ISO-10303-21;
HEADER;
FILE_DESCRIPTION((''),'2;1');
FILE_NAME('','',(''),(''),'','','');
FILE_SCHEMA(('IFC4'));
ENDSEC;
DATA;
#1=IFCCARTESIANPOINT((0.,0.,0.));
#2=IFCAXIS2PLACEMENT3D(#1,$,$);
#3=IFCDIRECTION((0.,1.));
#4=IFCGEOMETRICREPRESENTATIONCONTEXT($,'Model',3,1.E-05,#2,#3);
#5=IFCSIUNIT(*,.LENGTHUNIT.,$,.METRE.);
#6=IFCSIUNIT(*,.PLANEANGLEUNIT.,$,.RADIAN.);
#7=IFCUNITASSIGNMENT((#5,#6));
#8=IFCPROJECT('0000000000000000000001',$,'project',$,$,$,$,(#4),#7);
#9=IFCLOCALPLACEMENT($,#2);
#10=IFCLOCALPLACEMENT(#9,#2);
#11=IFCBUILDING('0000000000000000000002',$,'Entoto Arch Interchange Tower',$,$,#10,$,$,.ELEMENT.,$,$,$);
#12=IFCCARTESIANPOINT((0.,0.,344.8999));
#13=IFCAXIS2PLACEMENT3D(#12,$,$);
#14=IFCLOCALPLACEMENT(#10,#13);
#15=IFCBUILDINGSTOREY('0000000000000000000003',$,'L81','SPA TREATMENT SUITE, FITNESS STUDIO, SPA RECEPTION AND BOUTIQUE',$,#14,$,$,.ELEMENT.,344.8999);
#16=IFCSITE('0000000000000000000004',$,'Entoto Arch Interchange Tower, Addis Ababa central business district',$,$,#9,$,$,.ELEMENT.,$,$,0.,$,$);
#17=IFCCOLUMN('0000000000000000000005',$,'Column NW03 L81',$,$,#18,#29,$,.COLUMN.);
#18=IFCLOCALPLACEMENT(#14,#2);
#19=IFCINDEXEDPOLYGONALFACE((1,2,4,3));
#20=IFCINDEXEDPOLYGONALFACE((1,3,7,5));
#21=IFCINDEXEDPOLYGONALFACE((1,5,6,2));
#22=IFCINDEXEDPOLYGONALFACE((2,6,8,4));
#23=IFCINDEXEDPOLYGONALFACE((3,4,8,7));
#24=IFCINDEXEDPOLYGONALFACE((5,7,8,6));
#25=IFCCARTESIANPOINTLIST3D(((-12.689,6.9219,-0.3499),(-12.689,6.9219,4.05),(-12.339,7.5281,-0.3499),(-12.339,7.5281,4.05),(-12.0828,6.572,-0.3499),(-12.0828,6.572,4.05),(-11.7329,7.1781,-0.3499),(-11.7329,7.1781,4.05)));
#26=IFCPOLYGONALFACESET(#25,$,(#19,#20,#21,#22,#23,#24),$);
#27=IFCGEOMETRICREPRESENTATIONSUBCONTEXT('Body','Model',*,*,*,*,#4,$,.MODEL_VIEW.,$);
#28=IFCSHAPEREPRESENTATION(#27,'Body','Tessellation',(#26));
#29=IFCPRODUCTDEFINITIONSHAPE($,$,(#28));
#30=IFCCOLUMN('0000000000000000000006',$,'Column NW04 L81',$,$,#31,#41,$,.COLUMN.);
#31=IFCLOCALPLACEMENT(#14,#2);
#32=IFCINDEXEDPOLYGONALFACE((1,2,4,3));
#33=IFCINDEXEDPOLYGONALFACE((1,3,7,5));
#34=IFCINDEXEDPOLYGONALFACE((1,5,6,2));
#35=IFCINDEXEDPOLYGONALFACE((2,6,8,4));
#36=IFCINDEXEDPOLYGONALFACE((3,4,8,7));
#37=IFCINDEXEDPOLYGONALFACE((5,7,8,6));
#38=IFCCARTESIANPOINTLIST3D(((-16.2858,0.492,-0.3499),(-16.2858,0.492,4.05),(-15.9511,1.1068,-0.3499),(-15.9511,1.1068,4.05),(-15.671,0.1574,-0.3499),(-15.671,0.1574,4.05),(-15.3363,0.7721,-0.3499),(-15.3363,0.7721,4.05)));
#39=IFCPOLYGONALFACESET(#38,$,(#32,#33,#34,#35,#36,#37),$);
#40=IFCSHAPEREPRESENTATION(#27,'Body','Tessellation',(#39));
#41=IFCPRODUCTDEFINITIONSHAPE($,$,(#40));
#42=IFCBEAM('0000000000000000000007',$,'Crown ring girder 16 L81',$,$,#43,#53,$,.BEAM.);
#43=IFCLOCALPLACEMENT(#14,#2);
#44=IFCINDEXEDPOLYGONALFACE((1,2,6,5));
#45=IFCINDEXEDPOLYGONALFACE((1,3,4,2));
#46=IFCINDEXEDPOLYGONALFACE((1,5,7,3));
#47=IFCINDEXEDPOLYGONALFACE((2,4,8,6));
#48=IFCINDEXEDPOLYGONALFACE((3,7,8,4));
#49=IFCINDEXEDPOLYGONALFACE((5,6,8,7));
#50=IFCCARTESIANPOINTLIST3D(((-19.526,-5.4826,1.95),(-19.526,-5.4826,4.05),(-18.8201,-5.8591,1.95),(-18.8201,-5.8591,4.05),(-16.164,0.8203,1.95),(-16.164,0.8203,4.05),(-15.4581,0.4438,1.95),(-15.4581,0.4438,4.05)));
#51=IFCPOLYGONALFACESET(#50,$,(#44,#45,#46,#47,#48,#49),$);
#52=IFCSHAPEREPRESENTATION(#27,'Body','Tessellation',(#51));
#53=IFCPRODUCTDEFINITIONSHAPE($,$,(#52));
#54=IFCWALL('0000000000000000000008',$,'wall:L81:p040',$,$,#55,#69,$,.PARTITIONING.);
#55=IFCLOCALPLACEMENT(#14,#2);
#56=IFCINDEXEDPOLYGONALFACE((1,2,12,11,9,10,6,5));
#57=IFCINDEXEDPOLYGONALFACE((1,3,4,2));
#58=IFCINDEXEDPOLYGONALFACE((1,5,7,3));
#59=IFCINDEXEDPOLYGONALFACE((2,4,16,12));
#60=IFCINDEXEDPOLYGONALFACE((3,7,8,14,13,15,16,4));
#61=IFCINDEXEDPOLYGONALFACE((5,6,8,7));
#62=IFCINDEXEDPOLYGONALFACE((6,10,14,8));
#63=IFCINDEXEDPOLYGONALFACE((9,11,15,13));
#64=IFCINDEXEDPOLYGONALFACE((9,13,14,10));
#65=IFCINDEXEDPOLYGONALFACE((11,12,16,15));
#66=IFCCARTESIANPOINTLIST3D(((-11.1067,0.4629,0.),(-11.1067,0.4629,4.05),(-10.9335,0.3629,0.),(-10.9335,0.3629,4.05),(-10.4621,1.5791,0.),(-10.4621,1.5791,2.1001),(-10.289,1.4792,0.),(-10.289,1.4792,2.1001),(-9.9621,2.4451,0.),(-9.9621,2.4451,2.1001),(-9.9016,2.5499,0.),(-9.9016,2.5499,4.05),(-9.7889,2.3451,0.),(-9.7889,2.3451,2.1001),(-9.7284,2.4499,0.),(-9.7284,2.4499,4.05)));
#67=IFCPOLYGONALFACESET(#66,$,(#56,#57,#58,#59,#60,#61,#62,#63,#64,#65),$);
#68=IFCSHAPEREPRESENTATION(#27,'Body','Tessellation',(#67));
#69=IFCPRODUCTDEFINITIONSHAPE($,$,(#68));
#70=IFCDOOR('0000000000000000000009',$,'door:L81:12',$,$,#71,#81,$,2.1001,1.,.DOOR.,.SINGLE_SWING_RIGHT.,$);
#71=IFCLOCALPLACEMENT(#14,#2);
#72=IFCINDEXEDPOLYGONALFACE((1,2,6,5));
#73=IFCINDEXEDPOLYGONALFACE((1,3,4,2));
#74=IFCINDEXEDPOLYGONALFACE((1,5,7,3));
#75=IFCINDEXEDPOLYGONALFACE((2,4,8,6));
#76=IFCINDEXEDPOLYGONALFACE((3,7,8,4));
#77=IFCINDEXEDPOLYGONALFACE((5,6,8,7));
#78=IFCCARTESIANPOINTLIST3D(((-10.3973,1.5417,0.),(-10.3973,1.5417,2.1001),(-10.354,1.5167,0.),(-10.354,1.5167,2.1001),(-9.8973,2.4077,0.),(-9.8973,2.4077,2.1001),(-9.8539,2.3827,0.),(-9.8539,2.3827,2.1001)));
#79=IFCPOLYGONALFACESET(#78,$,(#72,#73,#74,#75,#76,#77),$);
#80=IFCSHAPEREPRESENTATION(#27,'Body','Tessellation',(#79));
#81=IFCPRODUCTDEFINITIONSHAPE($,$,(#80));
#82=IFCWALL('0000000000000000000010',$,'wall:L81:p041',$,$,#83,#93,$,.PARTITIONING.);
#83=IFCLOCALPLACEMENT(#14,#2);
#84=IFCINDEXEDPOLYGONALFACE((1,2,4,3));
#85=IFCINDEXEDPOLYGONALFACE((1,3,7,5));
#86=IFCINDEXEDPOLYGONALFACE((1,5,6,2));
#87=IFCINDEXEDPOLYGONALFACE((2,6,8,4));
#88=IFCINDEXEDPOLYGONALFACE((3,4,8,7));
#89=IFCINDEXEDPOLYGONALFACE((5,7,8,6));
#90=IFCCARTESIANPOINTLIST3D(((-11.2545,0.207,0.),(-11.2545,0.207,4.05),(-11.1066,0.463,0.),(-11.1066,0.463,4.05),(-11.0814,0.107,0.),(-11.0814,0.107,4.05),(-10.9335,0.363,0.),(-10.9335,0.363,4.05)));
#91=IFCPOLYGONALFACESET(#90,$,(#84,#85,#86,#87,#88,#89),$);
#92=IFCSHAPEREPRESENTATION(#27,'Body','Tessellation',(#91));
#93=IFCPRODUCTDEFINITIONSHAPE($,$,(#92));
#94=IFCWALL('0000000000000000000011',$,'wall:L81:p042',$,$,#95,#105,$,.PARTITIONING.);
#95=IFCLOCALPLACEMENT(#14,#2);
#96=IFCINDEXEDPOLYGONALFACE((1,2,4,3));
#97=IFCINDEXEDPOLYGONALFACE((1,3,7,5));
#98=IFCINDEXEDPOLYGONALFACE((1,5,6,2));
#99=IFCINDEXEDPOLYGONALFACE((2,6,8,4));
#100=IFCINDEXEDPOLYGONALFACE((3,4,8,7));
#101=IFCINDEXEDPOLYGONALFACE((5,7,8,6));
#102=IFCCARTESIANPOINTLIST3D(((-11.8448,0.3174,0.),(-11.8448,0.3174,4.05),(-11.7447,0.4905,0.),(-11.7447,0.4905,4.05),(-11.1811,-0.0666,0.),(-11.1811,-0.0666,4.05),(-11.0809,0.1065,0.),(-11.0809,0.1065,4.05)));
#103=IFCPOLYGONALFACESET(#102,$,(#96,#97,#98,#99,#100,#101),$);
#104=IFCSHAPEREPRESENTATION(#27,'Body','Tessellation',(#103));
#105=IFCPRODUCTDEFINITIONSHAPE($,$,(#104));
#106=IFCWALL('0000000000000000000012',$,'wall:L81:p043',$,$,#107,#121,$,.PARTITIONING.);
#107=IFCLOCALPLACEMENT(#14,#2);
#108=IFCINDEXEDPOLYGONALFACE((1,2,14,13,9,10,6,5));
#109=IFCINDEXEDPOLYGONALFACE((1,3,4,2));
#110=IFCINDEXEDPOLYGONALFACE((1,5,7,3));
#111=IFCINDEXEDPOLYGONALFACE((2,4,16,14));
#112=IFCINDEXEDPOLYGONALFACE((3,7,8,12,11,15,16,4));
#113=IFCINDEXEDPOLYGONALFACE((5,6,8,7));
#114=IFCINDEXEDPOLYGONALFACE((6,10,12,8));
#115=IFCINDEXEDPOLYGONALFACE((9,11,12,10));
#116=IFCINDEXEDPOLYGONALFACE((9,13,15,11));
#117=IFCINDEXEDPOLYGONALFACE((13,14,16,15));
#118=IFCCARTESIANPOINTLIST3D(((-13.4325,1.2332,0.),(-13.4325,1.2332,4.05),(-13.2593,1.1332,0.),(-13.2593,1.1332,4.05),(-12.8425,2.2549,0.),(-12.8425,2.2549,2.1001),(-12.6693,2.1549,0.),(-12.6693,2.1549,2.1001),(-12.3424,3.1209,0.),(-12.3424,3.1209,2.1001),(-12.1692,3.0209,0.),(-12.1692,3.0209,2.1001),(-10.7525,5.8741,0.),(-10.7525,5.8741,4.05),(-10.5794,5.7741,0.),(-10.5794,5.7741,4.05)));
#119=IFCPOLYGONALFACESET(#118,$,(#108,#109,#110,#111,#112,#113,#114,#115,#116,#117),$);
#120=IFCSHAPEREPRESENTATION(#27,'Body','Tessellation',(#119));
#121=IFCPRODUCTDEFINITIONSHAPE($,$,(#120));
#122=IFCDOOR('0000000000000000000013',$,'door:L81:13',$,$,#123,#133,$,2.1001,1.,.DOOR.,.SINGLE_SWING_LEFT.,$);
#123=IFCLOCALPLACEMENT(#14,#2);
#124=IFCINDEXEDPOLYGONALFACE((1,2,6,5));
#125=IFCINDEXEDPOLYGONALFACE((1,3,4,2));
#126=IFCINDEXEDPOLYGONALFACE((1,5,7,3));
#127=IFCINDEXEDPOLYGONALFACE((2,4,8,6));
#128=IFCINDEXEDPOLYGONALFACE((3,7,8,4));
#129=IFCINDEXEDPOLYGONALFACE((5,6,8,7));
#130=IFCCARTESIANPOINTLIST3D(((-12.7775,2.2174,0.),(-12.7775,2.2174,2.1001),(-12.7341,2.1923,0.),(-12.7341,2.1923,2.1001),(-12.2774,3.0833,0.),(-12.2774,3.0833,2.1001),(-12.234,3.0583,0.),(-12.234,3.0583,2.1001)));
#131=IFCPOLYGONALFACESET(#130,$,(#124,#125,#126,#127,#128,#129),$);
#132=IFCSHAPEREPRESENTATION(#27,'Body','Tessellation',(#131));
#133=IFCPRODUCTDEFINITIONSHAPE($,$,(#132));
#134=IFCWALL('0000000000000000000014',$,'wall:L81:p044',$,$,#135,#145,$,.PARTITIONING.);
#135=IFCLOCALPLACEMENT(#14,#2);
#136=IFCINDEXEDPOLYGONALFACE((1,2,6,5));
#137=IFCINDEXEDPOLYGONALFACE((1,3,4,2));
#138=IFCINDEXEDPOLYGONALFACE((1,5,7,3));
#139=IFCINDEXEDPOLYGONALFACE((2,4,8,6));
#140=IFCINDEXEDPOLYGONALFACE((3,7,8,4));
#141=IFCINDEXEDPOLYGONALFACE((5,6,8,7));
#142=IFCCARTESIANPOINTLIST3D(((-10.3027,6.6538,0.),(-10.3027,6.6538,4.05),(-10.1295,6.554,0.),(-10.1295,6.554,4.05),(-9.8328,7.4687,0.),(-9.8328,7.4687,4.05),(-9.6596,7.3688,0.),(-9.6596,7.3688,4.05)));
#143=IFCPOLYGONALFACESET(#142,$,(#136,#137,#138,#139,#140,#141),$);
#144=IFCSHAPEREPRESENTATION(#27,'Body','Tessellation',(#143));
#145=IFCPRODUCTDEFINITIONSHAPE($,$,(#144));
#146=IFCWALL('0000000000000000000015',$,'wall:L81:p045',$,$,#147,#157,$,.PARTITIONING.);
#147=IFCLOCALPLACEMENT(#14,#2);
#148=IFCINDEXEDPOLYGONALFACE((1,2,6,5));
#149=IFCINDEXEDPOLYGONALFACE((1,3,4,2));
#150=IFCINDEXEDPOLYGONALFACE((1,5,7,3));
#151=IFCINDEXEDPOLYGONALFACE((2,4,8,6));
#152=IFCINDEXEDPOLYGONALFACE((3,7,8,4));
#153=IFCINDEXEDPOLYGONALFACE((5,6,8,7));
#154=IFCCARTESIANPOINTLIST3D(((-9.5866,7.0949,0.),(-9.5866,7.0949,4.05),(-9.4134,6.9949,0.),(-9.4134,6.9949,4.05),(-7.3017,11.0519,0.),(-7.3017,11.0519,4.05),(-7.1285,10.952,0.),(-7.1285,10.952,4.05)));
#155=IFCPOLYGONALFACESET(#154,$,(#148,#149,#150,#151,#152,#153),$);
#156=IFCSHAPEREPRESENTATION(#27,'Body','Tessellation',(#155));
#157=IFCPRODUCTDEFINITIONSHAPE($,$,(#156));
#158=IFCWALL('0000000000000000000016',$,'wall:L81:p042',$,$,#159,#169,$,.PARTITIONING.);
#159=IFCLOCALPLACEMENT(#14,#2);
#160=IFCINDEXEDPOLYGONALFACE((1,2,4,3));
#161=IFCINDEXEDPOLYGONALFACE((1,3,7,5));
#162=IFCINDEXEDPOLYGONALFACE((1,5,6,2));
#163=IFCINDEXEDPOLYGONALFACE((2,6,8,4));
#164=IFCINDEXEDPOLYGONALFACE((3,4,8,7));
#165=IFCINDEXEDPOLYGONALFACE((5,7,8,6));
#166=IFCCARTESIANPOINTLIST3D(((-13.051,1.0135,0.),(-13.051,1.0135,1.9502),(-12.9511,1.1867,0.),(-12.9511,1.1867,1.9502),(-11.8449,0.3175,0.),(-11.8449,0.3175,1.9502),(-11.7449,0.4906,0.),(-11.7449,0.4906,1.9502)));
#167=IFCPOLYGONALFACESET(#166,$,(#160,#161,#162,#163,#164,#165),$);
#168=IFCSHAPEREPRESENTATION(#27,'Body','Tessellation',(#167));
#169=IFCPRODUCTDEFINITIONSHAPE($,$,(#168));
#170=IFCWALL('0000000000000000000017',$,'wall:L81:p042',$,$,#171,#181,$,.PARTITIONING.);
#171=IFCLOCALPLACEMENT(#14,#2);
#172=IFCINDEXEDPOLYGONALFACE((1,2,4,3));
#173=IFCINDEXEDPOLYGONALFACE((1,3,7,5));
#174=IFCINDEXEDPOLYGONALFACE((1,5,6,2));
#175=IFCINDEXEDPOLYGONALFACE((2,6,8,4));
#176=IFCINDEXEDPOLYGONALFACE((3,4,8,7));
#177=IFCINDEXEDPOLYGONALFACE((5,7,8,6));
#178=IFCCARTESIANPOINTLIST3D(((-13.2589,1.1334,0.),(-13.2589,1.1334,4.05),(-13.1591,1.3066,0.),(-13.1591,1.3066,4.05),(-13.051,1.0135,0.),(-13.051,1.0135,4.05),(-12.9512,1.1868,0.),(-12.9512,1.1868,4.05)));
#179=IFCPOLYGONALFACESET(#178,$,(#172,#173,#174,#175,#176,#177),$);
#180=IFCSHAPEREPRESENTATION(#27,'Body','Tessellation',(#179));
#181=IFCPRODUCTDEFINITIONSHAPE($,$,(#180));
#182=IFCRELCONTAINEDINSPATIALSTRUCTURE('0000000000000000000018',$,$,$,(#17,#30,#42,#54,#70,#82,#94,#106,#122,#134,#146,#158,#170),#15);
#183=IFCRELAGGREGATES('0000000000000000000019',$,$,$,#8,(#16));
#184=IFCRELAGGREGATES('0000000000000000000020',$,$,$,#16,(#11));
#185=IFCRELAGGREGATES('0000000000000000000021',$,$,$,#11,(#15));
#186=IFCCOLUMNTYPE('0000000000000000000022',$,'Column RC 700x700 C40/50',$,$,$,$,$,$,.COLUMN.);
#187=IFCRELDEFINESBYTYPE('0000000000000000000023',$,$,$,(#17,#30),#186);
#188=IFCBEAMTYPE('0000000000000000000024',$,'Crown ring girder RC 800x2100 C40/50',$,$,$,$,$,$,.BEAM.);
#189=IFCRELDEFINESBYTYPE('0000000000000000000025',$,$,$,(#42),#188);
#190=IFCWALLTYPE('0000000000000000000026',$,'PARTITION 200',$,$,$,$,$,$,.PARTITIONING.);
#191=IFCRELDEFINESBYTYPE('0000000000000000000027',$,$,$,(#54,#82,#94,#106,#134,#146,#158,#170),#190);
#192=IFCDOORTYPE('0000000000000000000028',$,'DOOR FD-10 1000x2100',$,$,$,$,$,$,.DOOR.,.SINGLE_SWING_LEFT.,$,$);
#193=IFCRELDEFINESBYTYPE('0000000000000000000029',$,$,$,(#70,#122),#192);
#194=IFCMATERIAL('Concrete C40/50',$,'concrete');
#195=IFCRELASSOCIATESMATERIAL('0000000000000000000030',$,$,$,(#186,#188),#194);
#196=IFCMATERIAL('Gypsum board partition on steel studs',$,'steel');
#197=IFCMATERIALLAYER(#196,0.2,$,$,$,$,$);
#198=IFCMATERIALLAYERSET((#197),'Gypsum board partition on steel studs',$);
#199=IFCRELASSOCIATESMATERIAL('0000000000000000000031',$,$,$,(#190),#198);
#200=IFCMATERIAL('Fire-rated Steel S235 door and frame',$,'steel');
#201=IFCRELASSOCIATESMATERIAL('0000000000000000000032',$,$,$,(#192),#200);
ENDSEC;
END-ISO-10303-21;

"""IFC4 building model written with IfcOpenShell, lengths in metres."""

from ifc_helpers import new_model, si_unit, direction, frame, frame_2d, origin, origin_2d, place, context, subcontext, project, spatial, rectangle, extrude, material, layer, layer_set, material_profile, profile_set, type_object, element, fill, save


model = new_model("IFC4")

# Units and contexts
model_context = context("Model", 3, precision=1e-05, world=origin(), true_north=direction((0.0, 1.0)))
body_context = subcontext(model_context, "Body", "Model", "MODEL_VIEW")
ifc_project = project(units=[si_unit("LENGTHUNIT", "METRE"), si_unit("PLANEANGLEUNIT", "RADIAN")], contexts=[model_context])

# Site, building, storey
site_placement = place(None, origin())
site = spatial("IfcSite", under=ifc_project, at=site_placement, Name="Entoto Arch Interchange Tower, Addis Ababa central business district", CompositionType="ELEMENT", RefElevation=0.0)
building_placement = place(site_placement, origin())
building = spatial("IfcBuilding", under=site, at=building_placement, Name="Entoto Arch Interchange Tower", CompositionType="ELEMENT")
storey_placement = place(building_placement, frame((0.0, 0.0, 344.8999)))
storey = spatial("IfcBuildingStorey", under=building, at=storey_placement, Name="L81", Description="SPA TREATMENT SUITE, FITNESS STUDIO, SPA RECEPTION AND BOUTIQUE", CompositionType="ELEMENT", Elevation=344.8999)

# Columns
ifc_material_1 = material(Name="Concrete C40/50", Category="concrete")
ifc_material_profile_1 = material_profile(ifc_material_1, rectangle(XDim=0.7, YDim=0.7, at=origin_2d()))
ifc_profile_set_1 = profile_set([ifc_material_profile_1], Name="Concrete C40/50")
column_type = type_object("IfcColumnType", Name="Column RC 700x700 C40/50", PredefinedType="COLUMN", material=ifc_profile_set_1)
for number, where, z_axis, x_axis, name in (
    (1, (-12.2109, 7.05, -0.3499), (0.0, 0.0, 1.0), (0.5, 0.866025, 0.0), "Column NW03 L81"),
    (2, (-15.811, 0.6321, -0.3499), (0.0, 0.0, 1.0), (0.47814, 0.878284, 0.0), "Column NW04 L81"),
):
    element("IfcColumn", number, at=place(storey_placement, frame(where, z_axis=z_axis, x_axis=x_axis)), inside=storey, type_object=column_type, Name=name, PredefinedType="COLUMN", context=body_context, shape_type="SweptSolid", body=[
        extrude(rectangle(XDim=0.7, YDim=0.7, at=origin_2d()), origin(), (0.0, 0.0, 1.0), 4.3999),
    ])

# Beam
ifc_material_profile_2 = material_profile(ifc_material_1, rectangle(XDim=0.8, YDim=2.1001, at=origin_2d()))
ifc_profile_set_2 = profile_set([ifc_material_profile_2], Name="Concrete C40/50")
beam_type = type_object("IfcBeamType", Name="Crown ring girder RC 800x2100 C40/50", PredefinedType="BEAM", material=ifc_profile_set_2)
beam_placement = place(storey_placement, frame((-15.811, 0.6321, 3.0), z_axis=(-0.47064, -0.882326, 0.0), x_axis=(0.882326, -0.47064, 0.0)))
element("IfcBeam", 3, at=beam_placement, inside=storey, type_object=beam_type, Name="Crown ring girder 16 L81", PredefinedType="BEAM", context=body_context, shape_type="SweptSolid", body=[
    extrude(rectangle(XDim=0.8, YDim=2.1001, at=origin_2d()), origin(), (0.0, 0.0, 1.0), 7.1436),
])

# Wall, opening, door
ifc_material_2 = material(Name="Gypsum board partition on steel studs", Category="steel")
ifc_layer_1 = layer(ifc_material_2, 0.2)
ifc_layer_set_1 = layer_set([ifc_layer_1], Name="Gypsum board partition on steel studs")
wall_type_1 = type_object("IfcWallType", Name="PARTITION 200", PredefinedType="PARTITIONING", material=ifc_layer_set_1)
wall_1_placement = place(storey_placement, frame((-9.8149, 2.5, 0.0), z_axis=(0.0, 0.0, 1.0), x_axis=(-0.500062, -0.86599, 0.0)))
wall_1 = element("IfcWall", 4, at=wall_1_placement, inside=storey, type_object=wall_type_1, Name="wall:L81:p040", PredefinedType="PARTITIONING", context=body_context, shape_type="SweptSolid", body=[
    extrude(rectangle(XDim=2.4099, YDim=0.2, at=frame_2d((1.2051, 0.0))), origin(), (0.0, 0.0, 1.0), 4.05),
])
opening_1_placement = place(wall_1_placement, frame((0.1211, 0.0, 0.0)))
opening_1 = element("IfcOpeningElement", 5, at=opening_1_placement, cuts=wall_1, PredefinedType="OPENING", context=body_context, shape_type="SweptSolid", body=[
    extrude(rectangle(XDim=1.0, YDim=2.1001, at=frame_2d((0.5, 1.05))), frame((0.0, 0.1099, 0.0), z_axis=(0.0, -1.0, 0.0), x_axis=(1.0, 0.0, 0.0)), (0.0, 0.0, 1.0), 0.22),
])
ifc_material_3 = material(Name="Fire-rated Steel S235 door and frame", Category="steel")
door_type = type_object("IfcDoorType", Name="DOOR FD-10 1000x2100", OperationType="SINGLE_SWING_LEFT", PredefinedType="DOOR", material=ifc_material_3)
door_1_placement = place(opening_1_placement, origin())
door_1 = element("IfcDoor", 6, at=door_1_placement, inside=storey, type_object=door_type, Name="door:L81:12", OperationType="SINGLE_SWING_RIGHT", OverallHeight=2.1001, OverallWidth=1.0, PredefinedType="DOOR", context=body_context, shape_type="SweptSolid", body=[
    extrude(rectangle(XDim=1.0, YDim=2.1001, at=frame_2d((0.5, 1.05))), frame((0.0, 0.0249, 0.0), z_axis=(0.0, -1.0, 0.0), x_axis=(1.0, 0.0, 0.0)), (0.0, 0.0, 1.0), 0.05),
])
fill(opening_1, door_1)

# Walls
wall_2_placement = place(storey_placement, frame((-11.02, 0.4131, 0.0), z_axis=(0.0, 0.0, 1.0), x_axis=(-0.500223, -0.865897, 0.0)))
element("IfcWall", 7, at=wall_2_placement, inside=storey, type_object=wall_type_1, Name="wall:L81:p041", PredefinedType="PARTITIONING", context=body_context, shape_type="SweptSolid", body=[
    extrude(rectangle(XDim=0.2957, YDim=0.2, at=frame_2d((0.1479, 0.0))), origin(), (0.0, 0.0, 1.0), 4.05),
])
wall_3_placement = place(storey_placement, frame((-11.1311, 0.02, 0.0), z_axis=(0.0, 0.0, 1.0), x_axis=(-0.865586, 0.50076, 0.0)))
element("IfcWall", 8, at=wall_3_placement, inside=storey, type_object=wall_type_1, Name="wall:L81:p042", PredefinedType="PARTITIONING", context=body_context, shape_type="SweptSolid", body=[
    extrude(rectangle(XDim=0.7668, YDim=0.2, at=frame_2d((0.3833, 0.0))), origin(), (0.0, 0.0, 1.0), 4.05),
])

# Wall, opening, door
wall_4_placement = place(storey_placement, frame((-13.3459, 1.1831, 0.0), z_axis=(0.0, 0.0, 1.0), x_axis=(0.500073, 0.865983, 0.0)))
wall_4 = element("IfcWall", 9, at=wall_4_placement, inside=storey, type_object=wall_type_1, Name="wall:L81:p043", PredefinedType="PARTITIONING", context=body_context, shape_type="SweptSolid", body=[
    extrude(rectangle(XDim=5.3591, YDim=0.2, at=frame_2d((2.6797, 0.0))), origin(), (0.0, 0.0, 1.0), 4.05),
])
opening_2_placement = place(wall_4_placement, frame((1.1799, 0.0, 0.0)))
opening_2 = element("IfcOpeningElement", 10, at=opening_2_placement, cuts=wall_4, PredefinedType="OPENING", context=body_context, shape_type="SweptSolid", body=[
    extrude(rectangle(XDim=1.0, YDim=2.1001, at=frame_2d((0.5, 1.05))), frame((0.0, 0.1099, 0.0), z_axis=(0.0, -1.0, 0.0), x_axis=(1.0, 0.0, 0.0)), (0.0, 0.0, 1.0), 0.22),
])
door_2_placement = place(opening_2_placement, origin())
door_2 = element("IfcDoor", 11, at=door_2_placement, inside=storey, type_object=door_type, Name="door:L81:13", OperationType="SINGLE_SWING_LEFT", OverallHeight=2.1001, OverallWidth=1.0, PredefinedType="DOOR", context=body_context, shape_type="SweptSolid", body=[
    extrude(rectangle(XDim=1.0, YDim=2.1001, at=frame_2d((0.5, 1.05))), frame((0.0, 0.0249, 0.0), z_axis=(0.0, -1.0, 0.0), x_axis=(1.0, 0.0, 0.0)), (0.0, 0.0, 1.0), 0.05),
])
fill(opening_2, door_2)

# Walls
wall_5_placement = place(storey_placement, frame((-10.2161, 6.604, 0.0), z_axis=(0.0, 0.0, 1.0), x_axis=(0.499573, 0.866272, 0.0)))
element("IfcWall", 12, at=wall_5_placement, inside=storey, type_object=wall_type_1, Name="wall:L81:p044", PredefinedType="PARTITIONING", context=body_context, shape_type="SweptSolid", body=[
    extrude(rectangle(XDim=0.9407, YDim=0.2, at=frame_2d((0.4702, 0.0))), origin(), (0.0, 0.0, 1.0), 4.05),
])
wall_6_placement = place(storey_placement, frame((-9.5, 7.0449, 0.0), z_axis=(0.0, 0.0, 1.0), x_axis=(0.500052, 0.865995, 0.0)))
element("IfcWall", 13, at=wall_6_placement, inside=storey, type_object=wall_type_1, Name="wall:L81:p045", PredefinedType="PARTITIONING", context=body_context, shape_type="SweptSolid", body=[
    extrude(rectangle(XDim=4.5693, YDim=0.2, at=frame_2d((2.2847, 0.0))), origin(), (0.0, 0.0, 1.0), 4.05),
])
wall_7_placement = place(storey_placement, frame((-11.7949, 0.4041, 0.0), z_axis=(0.0, 0.0, 1.0), x_axis=(-0.86611, 0.499854, 0.0)))
element("IfcWall", 14, at=wall_7_placement, inside=storey, type_object=wall_type_1, Name="wall:L81:p042", PredefinedType="PARTITIONING", context=body_context, shape_type="SweptSolid", body=[
    extrude(rectangle(XDim=1.3926, YDim=0.2, at=frame_2d((0.6963, 0.0))), origin(), (0.0, 0.0, 1.0), 1.9502),
])
wall_8_placement = place(storey_placement, frame((-13.001, 1.1001, 0.0), z_axis=(0.0, 0.0, 1.0), x_axis=(-0.866423, 0.499312, 0.0)))
element("IfcWall", 15, at=wall_8_placement, inside=storey, type_object=wall_type_1, Name="wall:L81:p042", PredefinedType="PARTITIONING", context=body_context, shape_type="SweptSolid", body=[
    extrude(rectangle(XDim=0.24, YDim=0.2, at=frame_2d((0.1201, 0.0))), origin(), (0.0, 0.0, 1.0), 4.05),
])

save(model, "model.ifc")
